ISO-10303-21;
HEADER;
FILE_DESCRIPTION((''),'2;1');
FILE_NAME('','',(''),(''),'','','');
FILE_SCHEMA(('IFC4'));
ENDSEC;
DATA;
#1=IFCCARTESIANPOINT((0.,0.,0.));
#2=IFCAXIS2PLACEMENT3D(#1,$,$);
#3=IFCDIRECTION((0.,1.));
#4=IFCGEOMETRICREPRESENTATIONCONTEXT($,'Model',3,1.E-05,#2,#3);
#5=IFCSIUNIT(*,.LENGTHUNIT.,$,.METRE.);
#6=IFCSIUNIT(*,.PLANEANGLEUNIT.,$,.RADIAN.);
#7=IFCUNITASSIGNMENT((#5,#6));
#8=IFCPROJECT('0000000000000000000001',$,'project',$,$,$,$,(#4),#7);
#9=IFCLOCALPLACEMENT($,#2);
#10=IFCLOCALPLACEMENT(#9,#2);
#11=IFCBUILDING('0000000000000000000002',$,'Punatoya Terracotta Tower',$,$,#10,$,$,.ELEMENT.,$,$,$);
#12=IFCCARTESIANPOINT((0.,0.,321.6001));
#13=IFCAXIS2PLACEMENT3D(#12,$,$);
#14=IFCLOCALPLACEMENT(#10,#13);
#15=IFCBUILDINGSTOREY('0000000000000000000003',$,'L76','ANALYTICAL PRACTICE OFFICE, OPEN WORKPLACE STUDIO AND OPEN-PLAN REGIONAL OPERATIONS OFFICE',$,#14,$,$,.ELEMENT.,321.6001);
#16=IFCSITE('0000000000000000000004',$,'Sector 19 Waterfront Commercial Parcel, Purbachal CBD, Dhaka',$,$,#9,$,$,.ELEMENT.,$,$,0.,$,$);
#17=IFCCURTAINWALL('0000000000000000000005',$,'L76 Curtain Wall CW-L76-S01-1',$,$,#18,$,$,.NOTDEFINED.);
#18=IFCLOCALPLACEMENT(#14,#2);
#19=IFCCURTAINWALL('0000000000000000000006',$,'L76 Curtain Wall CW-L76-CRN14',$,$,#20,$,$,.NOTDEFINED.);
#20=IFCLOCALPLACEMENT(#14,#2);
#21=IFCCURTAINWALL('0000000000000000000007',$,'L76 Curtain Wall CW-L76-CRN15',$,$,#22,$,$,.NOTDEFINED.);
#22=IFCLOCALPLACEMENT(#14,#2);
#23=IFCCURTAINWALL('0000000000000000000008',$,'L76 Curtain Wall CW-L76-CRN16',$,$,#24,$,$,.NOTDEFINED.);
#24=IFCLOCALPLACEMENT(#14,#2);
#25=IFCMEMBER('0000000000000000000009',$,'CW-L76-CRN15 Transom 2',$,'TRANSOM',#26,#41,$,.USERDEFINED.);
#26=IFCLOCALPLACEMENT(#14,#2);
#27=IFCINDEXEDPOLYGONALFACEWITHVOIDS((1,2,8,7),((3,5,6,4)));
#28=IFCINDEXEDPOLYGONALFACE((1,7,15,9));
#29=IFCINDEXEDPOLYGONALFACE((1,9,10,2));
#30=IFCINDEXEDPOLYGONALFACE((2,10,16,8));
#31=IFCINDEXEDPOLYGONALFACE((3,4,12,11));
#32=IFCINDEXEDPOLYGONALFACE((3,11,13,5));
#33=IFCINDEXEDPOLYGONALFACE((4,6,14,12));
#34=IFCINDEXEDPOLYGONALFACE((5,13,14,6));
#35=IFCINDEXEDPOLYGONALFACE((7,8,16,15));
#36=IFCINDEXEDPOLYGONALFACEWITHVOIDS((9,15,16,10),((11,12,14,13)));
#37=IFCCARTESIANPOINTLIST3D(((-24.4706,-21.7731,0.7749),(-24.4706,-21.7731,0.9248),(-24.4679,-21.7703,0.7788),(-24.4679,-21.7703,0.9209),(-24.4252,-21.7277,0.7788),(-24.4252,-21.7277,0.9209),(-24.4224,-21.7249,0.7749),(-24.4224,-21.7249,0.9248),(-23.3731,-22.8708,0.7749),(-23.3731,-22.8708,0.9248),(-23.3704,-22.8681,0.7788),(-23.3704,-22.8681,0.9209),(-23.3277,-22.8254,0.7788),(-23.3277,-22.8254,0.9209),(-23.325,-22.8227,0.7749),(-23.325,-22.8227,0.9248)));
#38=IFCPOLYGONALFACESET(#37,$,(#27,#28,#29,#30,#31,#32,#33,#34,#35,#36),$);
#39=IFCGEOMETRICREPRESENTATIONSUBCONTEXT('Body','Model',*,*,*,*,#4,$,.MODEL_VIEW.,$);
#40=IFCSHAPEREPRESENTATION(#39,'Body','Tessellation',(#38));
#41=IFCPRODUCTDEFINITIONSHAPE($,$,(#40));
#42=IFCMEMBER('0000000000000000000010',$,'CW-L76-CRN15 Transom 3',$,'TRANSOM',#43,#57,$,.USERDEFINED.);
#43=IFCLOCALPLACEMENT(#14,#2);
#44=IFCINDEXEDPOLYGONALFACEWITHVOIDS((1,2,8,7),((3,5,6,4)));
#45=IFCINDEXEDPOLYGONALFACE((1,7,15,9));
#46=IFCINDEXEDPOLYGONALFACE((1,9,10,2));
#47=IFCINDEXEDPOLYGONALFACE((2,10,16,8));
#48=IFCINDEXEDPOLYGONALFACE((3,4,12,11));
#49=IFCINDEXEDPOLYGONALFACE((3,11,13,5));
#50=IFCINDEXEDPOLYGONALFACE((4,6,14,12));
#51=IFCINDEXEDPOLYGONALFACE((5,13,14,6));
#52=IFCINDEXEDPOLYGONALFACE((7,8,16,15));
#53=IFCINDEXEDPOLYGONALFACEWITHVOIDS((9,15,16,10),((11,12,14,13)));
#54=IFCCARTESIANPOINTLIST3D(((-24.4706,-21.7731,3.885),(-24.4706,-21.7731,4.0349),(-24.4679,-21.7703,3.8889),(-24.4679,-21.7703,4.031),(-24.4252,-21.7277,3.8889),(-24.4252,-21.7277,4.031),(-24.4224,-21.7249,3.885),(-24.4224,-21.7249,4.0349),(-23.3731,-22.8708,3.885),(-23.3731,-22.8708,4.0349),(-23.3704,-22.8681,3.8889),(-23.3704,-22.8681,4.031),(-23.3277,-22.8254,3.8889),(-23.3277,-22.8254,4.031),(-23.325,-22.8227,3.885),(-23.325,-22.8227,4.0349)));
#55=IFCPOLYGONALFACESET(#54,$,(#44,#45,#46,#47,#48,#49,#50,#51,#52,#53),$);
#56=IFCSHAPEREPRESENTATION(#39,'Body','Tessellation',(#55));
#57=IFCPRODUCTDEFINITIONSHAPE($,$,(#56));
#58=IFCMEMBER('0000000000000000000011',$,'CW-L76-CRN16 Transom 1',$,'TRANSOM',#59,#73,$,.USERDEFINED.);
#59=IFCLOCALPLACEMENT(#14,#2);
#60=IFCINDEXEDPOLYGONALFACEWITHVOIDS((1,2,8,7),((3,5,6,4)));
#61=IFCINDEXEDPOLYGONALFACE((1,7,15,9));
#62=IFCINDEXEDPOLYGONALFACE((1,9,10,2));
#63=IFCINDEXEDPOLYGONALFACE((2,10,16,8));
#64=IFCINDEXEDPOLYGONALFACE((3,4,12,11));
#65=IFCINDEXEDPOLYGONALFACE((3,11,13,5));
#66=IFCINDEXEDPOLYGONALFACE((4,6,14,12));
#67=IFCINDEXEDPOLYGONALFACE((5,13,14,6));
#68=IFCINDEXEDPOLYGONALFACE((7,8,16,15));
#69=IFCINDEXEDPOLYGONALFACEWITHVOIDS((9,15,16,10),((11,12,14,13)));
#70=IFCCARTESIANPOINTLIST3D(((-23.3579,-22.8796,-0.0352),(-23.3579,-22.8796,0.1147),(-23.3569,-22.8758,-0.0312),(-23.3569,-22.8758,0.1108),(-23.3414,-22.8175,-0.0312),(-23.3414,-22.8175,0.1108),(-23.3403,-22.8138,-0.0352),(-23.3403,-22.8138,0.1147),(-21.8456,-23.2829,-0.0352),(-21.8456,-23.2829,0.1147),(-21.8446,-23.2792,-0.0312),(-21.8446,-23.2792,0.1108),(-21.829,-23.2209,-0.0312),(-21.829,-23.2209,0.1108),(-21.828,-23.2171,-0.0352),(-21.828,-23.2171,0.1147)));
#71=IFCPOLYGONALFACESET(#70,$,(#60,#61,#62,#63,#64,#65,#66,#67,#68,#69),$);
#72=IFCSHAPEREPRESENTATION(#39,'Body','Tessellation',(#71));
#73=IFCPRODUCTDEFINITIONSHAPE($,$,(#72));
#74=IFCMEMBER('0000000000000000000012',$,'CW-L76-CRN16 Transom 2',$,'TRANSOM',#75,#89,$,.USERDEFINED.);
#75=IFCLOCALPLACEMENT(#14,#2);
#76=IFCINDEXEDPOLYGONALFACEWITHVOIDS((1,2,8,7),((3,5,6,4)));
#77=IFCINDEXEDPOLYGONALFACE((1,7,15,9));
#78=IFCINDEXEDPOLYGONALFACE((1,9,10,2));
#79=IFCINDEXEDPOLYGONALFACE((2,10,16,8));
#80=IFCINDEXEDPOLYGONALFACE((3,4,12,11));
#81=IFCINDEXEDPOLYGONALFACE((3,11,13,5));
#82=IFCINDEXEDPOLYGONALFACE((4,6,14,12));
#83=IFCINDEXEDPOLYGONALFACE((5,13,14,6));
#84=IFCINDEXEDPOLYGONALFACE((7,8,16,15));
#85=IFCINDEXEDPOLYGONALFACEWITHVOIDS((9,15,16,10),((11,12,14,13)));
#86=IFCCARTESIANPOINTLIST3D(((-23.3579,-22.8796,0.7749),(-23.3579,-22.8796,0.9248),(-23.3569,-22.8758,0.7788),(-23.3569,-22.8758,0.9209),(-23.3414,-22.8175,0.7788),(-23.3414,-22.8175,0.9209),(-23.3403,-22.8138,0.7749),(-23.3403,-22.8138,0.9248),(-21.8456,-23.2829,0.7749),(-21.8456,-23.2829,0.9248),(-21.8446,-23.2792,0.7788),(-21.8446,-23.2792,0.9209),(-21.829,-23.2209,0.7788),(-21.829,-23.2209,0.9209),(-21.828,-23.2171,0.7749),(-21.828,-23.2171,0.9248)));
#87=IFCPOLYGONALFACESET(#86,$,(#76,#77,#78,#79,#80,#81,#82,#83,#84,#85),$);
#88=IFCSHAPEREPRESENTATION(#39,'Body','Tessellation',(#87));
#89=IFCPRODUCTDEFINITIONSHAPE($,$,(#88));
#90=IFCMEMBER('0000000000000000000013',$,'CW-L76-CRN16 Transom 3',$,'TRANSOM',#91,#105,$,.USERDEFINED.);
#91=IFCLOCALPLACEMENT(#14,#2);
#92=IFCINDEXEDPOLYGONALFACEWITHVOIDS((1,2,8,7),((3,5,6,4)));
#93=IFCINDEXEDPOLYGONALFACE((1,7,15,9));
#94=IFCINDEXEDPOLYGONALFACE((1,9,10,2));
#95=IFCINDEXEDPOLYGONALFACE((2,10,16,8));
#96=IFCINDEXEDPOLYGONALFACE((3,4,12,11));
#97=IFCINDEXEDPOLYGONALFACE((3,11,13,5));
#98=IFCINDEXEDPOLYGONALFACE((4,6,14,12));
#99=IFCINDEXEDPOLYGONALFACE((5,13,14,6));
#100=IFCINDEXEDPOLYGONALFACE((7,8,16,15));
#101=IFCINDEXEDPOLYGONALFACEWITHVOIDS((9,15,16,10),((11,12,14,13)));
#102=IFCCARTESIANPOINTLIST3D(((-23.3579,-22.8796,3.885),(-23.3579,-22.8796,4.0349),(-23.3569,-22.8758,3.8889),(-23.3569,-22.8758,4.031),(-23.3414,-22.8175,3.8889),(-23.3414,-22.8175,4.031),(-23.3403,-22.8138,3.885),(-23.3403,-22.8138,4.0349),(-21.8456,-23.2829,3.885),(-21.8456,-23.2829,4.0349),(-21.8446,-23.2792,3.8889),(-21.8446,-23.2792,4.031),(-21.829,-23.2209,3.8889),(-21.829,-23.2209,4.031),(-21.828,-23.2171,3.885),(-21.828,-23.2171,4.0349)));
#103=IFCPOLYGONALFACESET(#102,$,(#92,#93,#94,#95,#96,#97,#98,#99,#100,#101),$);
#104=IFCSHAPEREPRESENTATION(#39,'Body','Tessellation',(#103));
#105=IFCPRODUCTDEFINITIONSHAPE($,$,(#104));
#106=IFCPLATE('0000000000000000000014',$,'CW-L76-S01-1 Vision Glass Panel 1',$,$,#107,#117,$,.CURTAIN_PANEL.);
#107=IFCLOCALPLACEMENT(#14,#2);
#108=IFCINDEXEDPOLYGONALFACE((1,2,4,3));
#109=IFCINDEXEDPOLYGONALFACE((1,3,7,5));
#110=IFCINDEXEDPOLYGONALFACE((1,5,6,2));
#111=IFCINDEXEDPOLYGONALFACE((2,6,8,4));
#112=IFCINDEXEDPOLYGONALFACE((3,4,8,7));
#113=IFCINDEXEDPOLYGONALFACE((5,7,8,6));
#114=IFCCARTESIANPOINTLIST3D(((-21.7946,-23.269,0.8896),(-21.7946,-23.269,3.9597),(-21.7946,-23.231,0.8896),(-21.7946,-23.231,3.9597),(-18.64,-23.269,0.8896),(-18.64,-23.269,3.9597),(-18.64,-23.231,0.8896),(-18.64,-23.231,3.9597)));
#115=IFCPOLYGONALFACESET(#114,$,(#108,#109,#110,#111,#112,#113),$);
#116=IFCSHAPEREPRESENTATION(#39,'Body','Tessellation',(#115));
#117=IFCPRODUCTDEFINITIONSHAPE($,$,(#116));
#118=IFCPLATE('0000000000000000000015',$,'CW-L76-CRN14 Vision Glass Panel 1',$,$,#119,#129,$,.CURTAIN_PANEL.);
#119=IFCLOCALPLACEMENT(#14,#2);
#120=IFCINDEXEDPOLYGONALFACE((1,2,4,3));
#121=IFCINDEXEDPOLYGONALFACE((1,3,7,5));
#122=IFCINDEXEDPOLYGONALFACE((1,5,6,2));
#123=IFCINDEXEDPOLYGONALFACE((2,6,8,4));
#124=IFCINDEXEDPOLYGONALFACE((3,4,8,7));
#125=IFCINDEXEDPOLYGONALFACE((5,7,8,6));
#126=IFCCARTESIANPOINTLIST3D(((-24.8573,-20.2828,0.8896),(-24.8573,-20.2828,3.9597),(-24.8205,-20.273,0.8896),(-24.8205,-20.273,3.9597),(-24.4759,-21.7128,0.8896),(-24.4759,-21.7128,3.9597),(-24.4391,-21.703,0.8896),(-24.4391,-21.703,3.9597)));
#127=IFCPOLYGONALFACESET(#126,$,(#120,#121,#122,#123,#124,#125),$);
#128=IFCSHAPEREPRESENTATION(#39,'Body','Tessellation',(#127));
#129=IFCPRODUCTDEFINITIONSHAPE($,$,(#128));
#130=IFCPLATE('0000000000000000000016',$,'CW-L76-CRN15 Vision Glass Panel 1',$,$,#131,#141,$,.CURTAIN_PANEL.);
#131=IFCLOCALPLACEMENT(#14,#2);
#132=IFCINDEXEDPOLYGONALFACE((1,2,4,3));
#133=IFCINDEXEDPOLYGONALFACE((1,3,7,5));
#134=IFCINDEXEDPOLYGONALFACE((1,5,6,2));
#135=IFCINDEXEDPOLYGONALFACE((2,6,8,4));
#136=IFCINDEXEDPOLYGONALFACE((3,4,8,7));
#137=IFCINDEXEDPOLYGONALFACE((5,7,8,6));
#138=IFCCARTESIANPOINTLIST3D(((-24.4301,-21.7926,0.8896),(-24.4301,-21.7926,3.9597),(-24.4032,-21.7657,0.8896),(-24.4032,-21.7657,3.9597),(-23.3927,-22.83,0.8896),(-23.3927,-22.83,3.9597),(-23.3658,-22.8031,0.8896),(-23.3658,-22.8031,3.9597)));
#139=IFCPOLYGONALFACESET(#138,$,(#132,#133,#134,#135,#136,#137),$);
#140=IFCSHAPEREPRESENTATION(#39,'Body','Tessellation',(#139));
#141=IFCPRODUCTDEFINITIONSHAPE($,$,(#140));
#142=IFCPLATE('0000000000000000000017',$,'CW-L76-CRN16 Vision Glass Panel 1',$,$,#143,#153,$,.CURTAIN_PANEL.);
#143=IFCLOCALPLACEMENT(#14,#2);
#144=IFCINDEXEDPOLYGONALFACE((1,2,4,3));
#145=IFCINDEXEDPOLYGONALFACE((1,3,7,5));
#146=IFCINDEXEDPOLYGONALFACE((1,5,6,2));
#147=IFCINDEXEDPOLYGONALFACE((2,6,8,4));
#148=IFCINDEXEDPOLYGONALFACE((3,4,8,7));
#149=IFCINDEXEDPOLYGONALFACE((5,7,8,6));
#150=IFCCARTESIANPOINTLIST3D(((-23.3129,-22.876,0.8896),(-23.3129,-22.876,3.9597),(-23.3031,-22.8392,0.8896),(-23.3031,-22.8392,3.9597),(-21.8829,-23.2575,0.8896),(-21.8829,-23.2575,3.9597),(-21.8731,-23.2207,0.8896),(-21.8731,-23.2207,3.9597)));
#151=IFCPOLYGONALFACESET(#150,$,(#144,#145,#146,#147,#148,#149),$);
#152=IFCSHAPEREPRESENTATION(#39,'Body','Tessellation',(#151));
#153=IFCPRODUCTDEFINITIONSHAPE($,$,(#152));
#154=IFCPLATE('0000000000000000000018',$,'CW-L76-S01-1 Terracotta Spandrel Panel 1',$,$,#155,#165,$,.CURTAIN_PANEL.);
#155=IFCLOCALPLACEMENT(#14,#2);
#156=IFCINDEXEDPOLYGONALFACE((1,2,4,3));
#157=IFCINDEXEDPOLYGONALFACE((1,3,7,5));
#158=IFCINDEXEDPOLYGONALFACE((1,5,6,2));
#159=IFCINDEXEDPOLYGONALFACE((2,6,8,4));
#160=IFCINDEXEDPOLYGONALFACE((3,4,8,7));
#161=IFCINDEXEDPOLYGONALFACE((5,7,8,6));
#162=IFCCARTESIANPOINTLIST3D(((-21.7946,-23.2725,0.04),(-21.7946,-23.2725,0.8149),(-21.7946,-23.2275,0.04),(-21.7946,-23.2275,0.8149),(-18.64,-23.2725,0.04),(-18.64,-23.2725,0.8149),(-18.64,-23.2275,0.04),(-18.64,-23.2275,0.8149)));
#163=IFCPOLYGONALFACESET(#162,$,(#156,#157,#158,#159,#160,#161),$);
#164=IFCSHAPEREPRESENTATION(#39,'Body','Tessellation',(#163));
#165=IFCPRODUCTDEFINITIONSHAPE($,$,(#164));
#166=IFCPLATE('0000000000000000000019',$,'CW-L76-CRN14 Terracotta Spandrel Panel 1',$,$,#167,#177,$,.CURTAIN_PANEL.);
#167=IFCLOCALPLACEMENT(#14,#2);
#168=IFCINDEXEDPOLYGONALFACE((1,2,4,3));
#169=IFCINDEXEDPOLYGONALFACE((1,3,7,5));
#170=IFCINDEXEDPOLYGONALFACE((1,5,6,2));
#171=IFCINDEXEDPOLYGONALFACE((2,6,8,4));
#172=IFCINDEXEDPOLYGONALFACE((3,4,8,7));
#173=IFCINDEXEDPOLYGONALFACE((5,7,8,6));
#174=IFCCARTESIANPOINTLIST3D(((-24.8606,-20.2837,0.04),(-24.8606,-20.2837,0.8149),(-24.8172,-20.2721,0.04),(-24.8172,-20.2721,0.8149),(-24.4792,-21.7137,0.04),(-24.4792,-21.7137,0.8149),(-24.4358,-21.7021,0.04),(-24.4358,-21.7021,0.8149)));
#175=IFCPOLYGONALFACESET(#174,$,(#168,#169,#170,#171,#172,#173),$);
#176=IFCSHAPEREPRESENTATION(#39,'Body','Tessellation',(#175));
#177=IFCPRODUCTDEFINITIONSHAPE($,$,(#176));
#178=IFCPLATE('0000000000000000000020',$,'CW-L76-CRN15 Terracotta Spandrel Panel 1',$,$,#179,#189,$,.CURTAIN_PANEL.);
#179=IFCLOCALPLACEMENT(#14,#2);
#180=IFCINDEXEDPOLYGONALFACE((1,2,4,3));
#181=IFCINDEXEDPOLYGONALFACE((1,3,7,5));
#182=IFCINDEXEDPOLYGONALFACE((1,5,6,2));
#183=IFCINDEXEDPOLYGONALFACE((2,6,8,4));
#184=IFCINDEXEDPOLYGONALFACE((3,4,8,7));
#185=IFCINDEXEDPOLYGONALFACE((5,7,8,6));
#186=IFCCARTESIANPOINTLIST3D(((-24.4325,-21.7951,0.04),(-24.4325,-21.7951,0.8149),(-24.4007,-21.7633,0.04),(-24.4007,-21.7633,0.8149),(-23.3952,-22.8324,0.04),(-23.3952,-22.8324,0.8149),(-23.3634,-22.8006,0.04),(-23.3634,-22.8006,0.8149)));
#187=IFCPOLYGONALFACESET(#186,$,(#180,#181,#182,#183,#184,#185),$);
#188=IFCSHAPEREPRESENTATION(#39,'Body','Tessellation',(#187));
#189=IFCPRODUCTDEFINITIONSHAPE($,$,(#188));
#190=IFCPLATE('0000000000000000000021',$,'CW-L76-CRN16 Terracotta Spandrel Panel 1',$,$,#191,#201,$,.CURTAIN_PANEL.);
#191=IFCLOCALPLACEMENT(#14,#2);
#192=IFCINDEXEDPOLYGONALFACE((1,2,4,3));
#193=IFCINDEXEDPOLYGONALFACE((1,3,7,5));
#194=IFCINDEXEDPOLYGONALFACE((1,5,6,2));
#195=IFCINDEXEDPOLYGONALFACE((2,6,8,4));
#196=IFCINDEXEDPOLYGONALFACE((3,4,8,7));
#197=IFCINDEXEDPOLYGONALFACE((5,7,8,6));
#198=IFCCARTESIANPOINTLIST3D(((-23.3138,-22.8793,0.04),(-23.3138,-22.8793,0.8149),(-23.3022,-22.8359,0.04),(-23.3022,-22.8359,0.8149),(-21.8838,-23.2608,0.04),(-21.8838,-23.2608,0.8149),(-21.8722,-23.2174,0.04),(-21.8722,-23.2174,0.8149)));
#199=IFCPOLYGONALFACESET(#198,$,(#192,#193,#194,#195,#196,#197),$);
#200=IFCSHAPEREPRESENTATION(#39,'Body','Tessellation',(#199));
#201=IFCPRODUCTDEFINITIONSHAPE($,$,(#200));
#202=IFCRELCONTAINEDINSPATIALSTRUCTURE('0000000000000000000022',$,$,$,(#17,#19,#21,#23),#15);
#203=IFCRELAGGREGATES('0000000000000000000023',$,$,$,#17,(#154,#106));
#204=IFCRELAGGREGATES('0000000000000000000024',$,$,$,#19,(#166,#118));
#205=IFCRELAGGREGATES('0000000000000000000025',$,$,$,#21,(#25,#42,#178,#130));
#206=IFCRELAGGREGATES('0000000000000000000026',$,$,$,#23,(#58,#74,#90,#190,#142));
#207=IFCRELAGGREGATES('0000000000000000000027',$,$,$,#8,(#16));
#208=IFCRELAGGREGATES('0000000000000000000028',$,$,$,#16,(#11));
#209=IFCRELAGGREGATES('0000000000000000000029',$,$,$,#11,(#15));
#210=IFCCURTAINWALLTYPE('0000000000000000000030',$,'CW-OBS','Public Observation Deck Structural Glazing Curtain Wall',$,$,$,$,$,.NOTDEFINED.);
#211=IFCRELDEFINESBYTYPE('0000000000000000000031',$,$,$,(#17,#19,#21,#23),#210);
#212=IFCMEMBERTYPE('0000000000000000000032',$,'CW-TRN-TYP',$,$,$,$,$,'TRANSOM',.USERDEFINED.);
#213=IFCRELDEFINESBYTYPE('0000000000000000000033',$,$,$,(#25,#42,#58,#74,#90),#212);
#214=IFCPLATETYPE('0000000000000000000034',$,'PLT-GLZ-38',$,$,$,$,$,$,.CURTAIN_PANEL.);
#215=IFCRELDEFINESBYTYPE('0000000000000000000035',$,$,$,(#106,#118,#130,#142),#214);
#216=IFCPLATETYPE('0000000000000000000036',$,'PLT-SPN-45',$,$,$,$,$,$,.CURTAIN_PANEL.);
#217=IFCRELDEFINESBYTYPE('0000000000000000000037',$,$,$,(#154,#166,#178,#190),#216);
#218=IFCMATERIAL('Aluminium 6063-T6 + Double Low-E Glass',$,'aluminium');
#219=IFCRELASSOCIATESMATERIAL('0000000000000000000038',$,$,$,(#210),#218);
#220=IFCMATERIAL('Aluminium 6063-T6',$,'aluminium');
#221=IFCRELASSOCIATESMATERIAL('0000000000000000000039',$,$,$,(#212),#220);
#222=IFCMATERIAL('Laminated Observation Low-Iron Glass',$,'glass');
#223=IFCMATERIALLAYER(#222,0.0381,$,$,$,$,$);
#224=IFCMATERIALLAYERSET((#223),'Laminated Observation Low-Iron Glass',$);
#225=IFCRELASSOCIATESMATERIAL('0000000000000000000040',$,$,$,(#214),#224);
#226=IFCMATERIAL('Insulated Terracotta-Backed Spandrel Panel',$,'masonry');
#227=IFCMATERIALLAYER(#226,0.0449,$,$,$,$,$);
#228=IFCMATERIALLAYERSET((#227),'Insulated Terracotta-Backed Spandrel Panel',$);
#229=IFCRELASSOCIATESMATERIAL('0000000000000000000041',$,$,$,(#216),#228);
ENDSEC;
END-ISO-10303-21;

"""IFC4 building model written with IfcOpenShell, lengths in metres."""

from ifc_helpers import new_model, si_unit, direction, frame, origin, origin_2d, place, context, subcontext, project, spatial, rectangle, hollow_rectangle, extrude, material, layer, layer_set, material_profile, profile_set, type_object, element, aggregate, save


model = new_model("IFC4")

# Units and contexts
model_context = context("Model", 3, precision=1e-05, world=origin(), true_north=direction((0.0, 1.0)))
body_context = subcontext(model_context, "Body", "Model", "MODEL_VIEW")
ifc_project = project(units=[si_unit("LENGTHUNIT", "METRE"), si_unit("PLANEANGLEUNIT", "RADIAN")], contexts=[model_context])

# Site, building, storey
site_placement = place(None, origin())
site = spatial("IfcSite", under=ifc_project, at=site_placement, Name="Sector 19 Waterfront Commercial Parcel, Purbachal CBD, Dhaka", CompositionType="ELEMENT", RefElevation=0.0)
building_placement = place(site_placement, origin())
building = spatial("IfcBuilding", under=site, at=building_placement, Name="Punatoya Terracotta Tower", CompositionType="ELEMENT")
storey_placement = place(building_placement, frame((0.0, 0.0, 321.6001)))
storey = spatial("IfcBuildingStorey", under=building, at=storey_placement, Name="L76", Description="ANALYTICAL PRACTICE OFFICE, OPEN WORKPLACE STUDIO AND OPEN-PLAN REGIONAL OPERATIONS OFFICE", CompositionType="ELEMENT", Elevation=321.6001)

# Curtain wall
ifc_material_1 = material(Name="Aluminium 6063-T6 + Double Low-E Glass", Category="aluminium")
curtain_wall_type = type_object("IfcCurtainWallType", Name="CW-OBS", Description="Public Observation Deck Structural Glazing Curtain Wall", PredefinedType="NOTDEFINED", material=ifc_material_1)
curtain_wall_1_placement = place(storey_placement, origin())
curtain_wall_1 = element("IfcCurtainWall", 1, at=curtain_wall_1_placement, inside=storey, type_object=curtain_wall_type, Name="L76 Curtain Wall CW-L76-S01-1", PredefinedType="NOTDEFINED")
ifc_material_2 = material(Name="Aluminium 6063-T6", Category="aluminium")

# Curtain walls
curtain_wall_2_placement = place(storey_placement, origin())
curtain_wall_2 = element("IfcCurtainWall", 2, at=curtain_wall_2_placement, inside=storey, type_object=curtain_wall_type, Name="L76 Curtain Wall CW-L76-CRN14", PredefinedType="NOTDEFINED")
curtain_wall_3_placement = place(storey_placement, origin())
curtain_wall_3 = element("IfcCurtainWall", 3, at=curtain_wall_3_placement, inside=storey, type_object=curtain_wall_type, Name="L76 Curtain Wall CW-L76-CRN15", PredefinedType="NOTDEFINED")
curtain_wall_4_placement = place(storey_placement, origin())
curtain_wall_4 = element("IfcCurtainWall", 4, at=curtain_wall_4_placement, inside=storey, type_object=curtain_wall_type, Name="L76 Curtain Wall CW-L76-CRN16", PredefinedType="NOTDEFINED")

# Members
ifc_material_profile_1 = material_profile(ifc_material_2, hollow_rectangle(XDim=0.0681, YDim=0.1499, WallThickness=0.0039, at=origin_2d()))
ifc_profile_set_1 = profile_set([ifc_material_profile_1], Name="Aluminium 6063-T6")
member_type_1 = type_object("IfcMemberType", Name="CW-TRN-TYP", ElementType="TRANSOM", PredefinedType="USERDEFINED", material=ifc_profile_set_1)
member_1_placement = place(storey_placement, frame((-24.4465, -21.749, 0.8499), z_axis=(0.707028, -0.707185, 0.0), x_axis=(0.707185, 0.707028, 0.0)))
member_1 = element("IfcMember", 5, at=member_1_placement, type_object=member_type_1, Name="CW-L76-CRN15 Transom 2", ObjectType="TRANSOM", PredefinedType="USERDEFINED", context=body_context, shape_type="SweptSolid", body=[
    extrude(hollow_rectangle(XDim=0.0681, YDim=0.1499, WallThickness=0.0039, at=origin_2d()), origin(), (0.0, 0.0, 1.0), 1.5522),
])
member_2_placement = place(storey_placement, frame((-24.4465, -21.749, 3.96), z_axis=(0.707028, -0.707185, 0.0), x_axis=(0.707185, 0.707028, 0.0)))
member_2 = element("IfcMember", 6, at=member_2_placement, type_object=member_type_1, Name="CW-L76-CRN15 Transom 3", ObjectType="TRANSOM", PredefinedType="USERDEFINED", context=body_context, shape_type="SweptSolid", body=[
    extrude(hollow_rectangle(XDim=0.0681, YDim=0.1499, WallThickness=0.0039, at=origin_2d()), origin(), (0.0, 0.0, 1.0), 1.5522),
])
member_3_placement = place(storey_placement, frame((-23.3491, -22.8467, 0.0398), z_axis=(0.966225, -0.257701, 0.0), x_axis=(0.257701, 0.966225, 0.0)))
member_3 = element("IfcMember", 7, at=member_3_placement, type_object=member_type_1, Name="CW-L76-CRN16 Transom 1", ObjectType="TRANSOM", PredefinedType="USERDEFINED", context=body_context, shape_type="SweptSolid", body=[
    extrude(hollow_rectangle(XDim=0.0681, YDim=0.1499, WallThickness=0.0039, at=origin_2d()), origin(), (0.0, 0.0, 1.0), 1.5652),
])
member_4_placement = place(storey_placement, frame((-23.3491, -22.8467, 0.8499), z_axis=(0.966225, -0.257701, 0.0), x_axis=(0.257701, 0.966225, 0.0)))
member_4 = element("IfcMember", 8, at=member_4_placement, type_object=member_type_1, Name="CW-L76-CRN16 Transom 2", ObjectType="TRANSOM", PredefinedType="USERDEFINED", context=body_context, shape_type="SweptSolid", body=[
    extrude(hollow_rectangle(XDim=0.0681, YDim=0.1499, WallThickness=0.0039, at=origin_2d()), origin(), (0.0, 0.0, 1.0), 1.5652),
])
member_5_placement = place(storey_placement, frame((-23.3491, -22.8467, 3.96), z_axis=(0.966225, -0.257701, 0.0), x_axis=(0.257701, 0.966225, 0.0)))
member_5 = element("IfcMember", 9, at=member_5_placement, type_object=member_type_1, Name="CW-L76-CRN16 Transom 3", ObjectType="TRANSOM", PredefinedType="USERDEFINED", context=body_context, shape_type="SweptSolid", body=[
    extrude(hollow_rectangle(XDim=0.0681, YDim=0.1499, WallThickness=0.0039, at=origin_2d()), origin(), (0.0, 0.0, 1.0), 1.5652),
])

# Plates
ifc_material_3 = material(Name="Laminated Observation Low-Iron Glass", Category="glass")
ifc_layer_1 = layer(ifc_material_3, 0.0381)
ifc_layer_set_1 = layer_set([ifc_layer_1], Name="Laminated Observation Low-Iron Glass")
plate_type_1 = type_object("IfcPlateType", Name="PLT-GLZ-38", PredefinedType="CURTAIN_PANEL", material=ifc_layer_set_1)
plate_1_placement = place(storey_placement, frame((-20.2173, -23.25, 0.8896), z_axis=(0.0, 0.0, 1.0), x_axis=(1.0, 0.0, 0.0)))
plate_1 = element("IfcPlate", 10, at=plate_1_placement, type_object=plate_type_1, Name="CW-L76-S01-1 Vision Glass Panel 1", PredefinedType="CURTAIN_PANEL", context=body_context, shape_type="SweptSolid", body=[
    extrude(rectangle(XDim=3.1545, YDim=0.0381, at=origin_2d()), origin(), (0.0, 0.0, 1.0), 3.0701),
])
plate_2_placement = place(storey_placement, frame((-24.6482, -20.9929, 0.8896), z_axis=(0.0, 0.0, 1.0), x_axis=(0.257742, -0.966214, 0.0)))
plate_2 = element("IfcPlate", 11, at=plate_2_placement, type_object=plate_type_1, Name="CW-L76-CRN14 Vision Glass Panel 1", PredefinedType="CURTAIN_PANEL", context=body_context, shape_type="SweptSolid", body=[
    extrude(rectangle(XDim=1.48, YDim=0.0381, at=origin_2d()), origin(), (0.0, 0.0, 1.0), 3.0701),
])
plate_3_placement = place(storey_placement, frame((-23.8979, -22.2979, 0.8896), z_axis=(0.0, 0.0, 1.0), x_axis=(0.707107, -0.707107, 0.0)))
plate_3 = element("IfcPlate", 12, at=plate_3_placement, type_object=plate_type_1, Name="CW-L76-CRN15 Vision Glass Panel 1", PredefinedType="CURTAIN_PANEL", context=body_context, shape_type="SweptSolid", body=[
    extrude(rectangle(XDim=1.467, YDim=0.0381, at=origin_2d()), origin(), (0.0, 0.0, 1.0), 3.0701),
])
plate_4_placement = place(storey_placement, frame((-22.593, -23.0483, 0.8896), z_axis=(0.0, 0.0, 1.0), x_axis=(0.966214, -0.257742, 0.0)))
plate_4 = element("IfcPlate", 13, at=plate_4_placement, type_object=plate_type_1, Name="CW-L76-CRN16 Vision Glass Panel 1", PredefinedType="CURTAIN_PANEL", context=body_context, shape_type="SweptSolid", body=[
    extrude(rectangle(XDim=1.48, YDim=0.0381, at=origin_2d()), origin(), (0.0, 0.0, 1.0), 3.0701),
])
ifc_material_4 = material(Name="Insulated Terracotta-Backed Spandrel Panel", Category="masonry")
ifc_layer_2 = layer(ifc_material_4, 0.0449)
ifc_layer_set_2 = layer_set([ifc_layer_2], Name="Insulated Terracotta-Backed Spandrel Panel")
plate_type_2 = type_object("IfcPlateType", Name="PLT-SPN-45", PredefinedType="CURTAIN_PANEL", material=ifc_layer_set_2)
plate_5_placement = place(storey_placement, frame((-20.2173, -23.25, 0.04), z_axis=(0.0, 0.0, 1.0), x_axis=(1.0, 0.0, 0.0)))
plate_5 = element("IfcPlate", 14, at=plate_5_placement, type_object=plate_type_2, Name="CW-L76-S01-1 Terracotta Spandrel Panel 1", PredefinedType="CURTAIN_PANEL", context=body_context, shape_type="SweptSolid", body=[
    extrude(rectangle(XDim=3.1545, YDim=0.0449, at=origin_2d()), origin(), (0.0, 0.0, 1.0), 0.7749),
])
aggregate(curtain_wall_1, [plate_5, plate_1])
plate_6_placement = place(storey_placement, frame((-24.6482, -20.9929, 0.04), z_axis=(0.0, 0.0, 1.0), x_axis=(0.257742, -0.966214, 0.0)))
plate_6 = element("IfcPlate", 15, at=plate_6_placement, type_object=plate_type_2, Name="CW-L76-CRN14 Terracotta Spandrel Panel 1", PredefinedType="CURTAIN_PANEL", context=body_context, shape_type="SweptSolid", body=[
    extrude(rectangle(XDim=1.48, YDim=0.0449, at=origin_2d()), origin(), (0.0, 0.0, 1.0), 0.7749),
])
aggregate(curtain_wall_2, [plate_6, plate_2])
plate_7_placement = place(storey_placement, frame((-23.8979, -22.2979, 0.04), z_axis=(0.0, 0.0, 1.0), x_axis=(0.707107, -0.707107, 0.0)))
plate_7 = element("IfcPlate", 16, at=plate_7_placement, type_object=plate_type_2, Name="CW-L76-CRN15 Terracotta Spandrel Panel 1", PredefinedType="CURTAIN_PANEL", context=body_context, shape_type="SweptSolid", body=[
    extrude(rectangle(XDim=1.467, YDim=0.0449, at=origin_2d()), origin(), (0.0, 0.0, 1.0), 0.7749),
])
aggregate(curtain_wall_3, [member_1, member_2, plate_7, plate_3])
plate_8_placement = place(storey_placement, frame((-22.593, -23.0483, 0.04), z_axis=(0.0, 0.0, 1.0), x_axis=(0.966214, -0.257742, 0.0)))
plate_8 = element("IfcPlate", 17, at=plate_8_placement, type_object=plate_type_2, Name="CW-L76-CRN16 Terracotta Spandrel Panel 1", PredefinedType="CURTAIN_PANEL", context=body_context, shape_type="SweptSolid", body=[
    extrude(rectangle(XDim=1.48, YDim=0.0449, at=origin_2d()), origin(), (0.0, 0.0, 1.0), 0.7749),
])
aggregate(curtain_wall_4, [member_3, member_4, member_5, plate_8, plate_4])

save(model, "model.ifc")
